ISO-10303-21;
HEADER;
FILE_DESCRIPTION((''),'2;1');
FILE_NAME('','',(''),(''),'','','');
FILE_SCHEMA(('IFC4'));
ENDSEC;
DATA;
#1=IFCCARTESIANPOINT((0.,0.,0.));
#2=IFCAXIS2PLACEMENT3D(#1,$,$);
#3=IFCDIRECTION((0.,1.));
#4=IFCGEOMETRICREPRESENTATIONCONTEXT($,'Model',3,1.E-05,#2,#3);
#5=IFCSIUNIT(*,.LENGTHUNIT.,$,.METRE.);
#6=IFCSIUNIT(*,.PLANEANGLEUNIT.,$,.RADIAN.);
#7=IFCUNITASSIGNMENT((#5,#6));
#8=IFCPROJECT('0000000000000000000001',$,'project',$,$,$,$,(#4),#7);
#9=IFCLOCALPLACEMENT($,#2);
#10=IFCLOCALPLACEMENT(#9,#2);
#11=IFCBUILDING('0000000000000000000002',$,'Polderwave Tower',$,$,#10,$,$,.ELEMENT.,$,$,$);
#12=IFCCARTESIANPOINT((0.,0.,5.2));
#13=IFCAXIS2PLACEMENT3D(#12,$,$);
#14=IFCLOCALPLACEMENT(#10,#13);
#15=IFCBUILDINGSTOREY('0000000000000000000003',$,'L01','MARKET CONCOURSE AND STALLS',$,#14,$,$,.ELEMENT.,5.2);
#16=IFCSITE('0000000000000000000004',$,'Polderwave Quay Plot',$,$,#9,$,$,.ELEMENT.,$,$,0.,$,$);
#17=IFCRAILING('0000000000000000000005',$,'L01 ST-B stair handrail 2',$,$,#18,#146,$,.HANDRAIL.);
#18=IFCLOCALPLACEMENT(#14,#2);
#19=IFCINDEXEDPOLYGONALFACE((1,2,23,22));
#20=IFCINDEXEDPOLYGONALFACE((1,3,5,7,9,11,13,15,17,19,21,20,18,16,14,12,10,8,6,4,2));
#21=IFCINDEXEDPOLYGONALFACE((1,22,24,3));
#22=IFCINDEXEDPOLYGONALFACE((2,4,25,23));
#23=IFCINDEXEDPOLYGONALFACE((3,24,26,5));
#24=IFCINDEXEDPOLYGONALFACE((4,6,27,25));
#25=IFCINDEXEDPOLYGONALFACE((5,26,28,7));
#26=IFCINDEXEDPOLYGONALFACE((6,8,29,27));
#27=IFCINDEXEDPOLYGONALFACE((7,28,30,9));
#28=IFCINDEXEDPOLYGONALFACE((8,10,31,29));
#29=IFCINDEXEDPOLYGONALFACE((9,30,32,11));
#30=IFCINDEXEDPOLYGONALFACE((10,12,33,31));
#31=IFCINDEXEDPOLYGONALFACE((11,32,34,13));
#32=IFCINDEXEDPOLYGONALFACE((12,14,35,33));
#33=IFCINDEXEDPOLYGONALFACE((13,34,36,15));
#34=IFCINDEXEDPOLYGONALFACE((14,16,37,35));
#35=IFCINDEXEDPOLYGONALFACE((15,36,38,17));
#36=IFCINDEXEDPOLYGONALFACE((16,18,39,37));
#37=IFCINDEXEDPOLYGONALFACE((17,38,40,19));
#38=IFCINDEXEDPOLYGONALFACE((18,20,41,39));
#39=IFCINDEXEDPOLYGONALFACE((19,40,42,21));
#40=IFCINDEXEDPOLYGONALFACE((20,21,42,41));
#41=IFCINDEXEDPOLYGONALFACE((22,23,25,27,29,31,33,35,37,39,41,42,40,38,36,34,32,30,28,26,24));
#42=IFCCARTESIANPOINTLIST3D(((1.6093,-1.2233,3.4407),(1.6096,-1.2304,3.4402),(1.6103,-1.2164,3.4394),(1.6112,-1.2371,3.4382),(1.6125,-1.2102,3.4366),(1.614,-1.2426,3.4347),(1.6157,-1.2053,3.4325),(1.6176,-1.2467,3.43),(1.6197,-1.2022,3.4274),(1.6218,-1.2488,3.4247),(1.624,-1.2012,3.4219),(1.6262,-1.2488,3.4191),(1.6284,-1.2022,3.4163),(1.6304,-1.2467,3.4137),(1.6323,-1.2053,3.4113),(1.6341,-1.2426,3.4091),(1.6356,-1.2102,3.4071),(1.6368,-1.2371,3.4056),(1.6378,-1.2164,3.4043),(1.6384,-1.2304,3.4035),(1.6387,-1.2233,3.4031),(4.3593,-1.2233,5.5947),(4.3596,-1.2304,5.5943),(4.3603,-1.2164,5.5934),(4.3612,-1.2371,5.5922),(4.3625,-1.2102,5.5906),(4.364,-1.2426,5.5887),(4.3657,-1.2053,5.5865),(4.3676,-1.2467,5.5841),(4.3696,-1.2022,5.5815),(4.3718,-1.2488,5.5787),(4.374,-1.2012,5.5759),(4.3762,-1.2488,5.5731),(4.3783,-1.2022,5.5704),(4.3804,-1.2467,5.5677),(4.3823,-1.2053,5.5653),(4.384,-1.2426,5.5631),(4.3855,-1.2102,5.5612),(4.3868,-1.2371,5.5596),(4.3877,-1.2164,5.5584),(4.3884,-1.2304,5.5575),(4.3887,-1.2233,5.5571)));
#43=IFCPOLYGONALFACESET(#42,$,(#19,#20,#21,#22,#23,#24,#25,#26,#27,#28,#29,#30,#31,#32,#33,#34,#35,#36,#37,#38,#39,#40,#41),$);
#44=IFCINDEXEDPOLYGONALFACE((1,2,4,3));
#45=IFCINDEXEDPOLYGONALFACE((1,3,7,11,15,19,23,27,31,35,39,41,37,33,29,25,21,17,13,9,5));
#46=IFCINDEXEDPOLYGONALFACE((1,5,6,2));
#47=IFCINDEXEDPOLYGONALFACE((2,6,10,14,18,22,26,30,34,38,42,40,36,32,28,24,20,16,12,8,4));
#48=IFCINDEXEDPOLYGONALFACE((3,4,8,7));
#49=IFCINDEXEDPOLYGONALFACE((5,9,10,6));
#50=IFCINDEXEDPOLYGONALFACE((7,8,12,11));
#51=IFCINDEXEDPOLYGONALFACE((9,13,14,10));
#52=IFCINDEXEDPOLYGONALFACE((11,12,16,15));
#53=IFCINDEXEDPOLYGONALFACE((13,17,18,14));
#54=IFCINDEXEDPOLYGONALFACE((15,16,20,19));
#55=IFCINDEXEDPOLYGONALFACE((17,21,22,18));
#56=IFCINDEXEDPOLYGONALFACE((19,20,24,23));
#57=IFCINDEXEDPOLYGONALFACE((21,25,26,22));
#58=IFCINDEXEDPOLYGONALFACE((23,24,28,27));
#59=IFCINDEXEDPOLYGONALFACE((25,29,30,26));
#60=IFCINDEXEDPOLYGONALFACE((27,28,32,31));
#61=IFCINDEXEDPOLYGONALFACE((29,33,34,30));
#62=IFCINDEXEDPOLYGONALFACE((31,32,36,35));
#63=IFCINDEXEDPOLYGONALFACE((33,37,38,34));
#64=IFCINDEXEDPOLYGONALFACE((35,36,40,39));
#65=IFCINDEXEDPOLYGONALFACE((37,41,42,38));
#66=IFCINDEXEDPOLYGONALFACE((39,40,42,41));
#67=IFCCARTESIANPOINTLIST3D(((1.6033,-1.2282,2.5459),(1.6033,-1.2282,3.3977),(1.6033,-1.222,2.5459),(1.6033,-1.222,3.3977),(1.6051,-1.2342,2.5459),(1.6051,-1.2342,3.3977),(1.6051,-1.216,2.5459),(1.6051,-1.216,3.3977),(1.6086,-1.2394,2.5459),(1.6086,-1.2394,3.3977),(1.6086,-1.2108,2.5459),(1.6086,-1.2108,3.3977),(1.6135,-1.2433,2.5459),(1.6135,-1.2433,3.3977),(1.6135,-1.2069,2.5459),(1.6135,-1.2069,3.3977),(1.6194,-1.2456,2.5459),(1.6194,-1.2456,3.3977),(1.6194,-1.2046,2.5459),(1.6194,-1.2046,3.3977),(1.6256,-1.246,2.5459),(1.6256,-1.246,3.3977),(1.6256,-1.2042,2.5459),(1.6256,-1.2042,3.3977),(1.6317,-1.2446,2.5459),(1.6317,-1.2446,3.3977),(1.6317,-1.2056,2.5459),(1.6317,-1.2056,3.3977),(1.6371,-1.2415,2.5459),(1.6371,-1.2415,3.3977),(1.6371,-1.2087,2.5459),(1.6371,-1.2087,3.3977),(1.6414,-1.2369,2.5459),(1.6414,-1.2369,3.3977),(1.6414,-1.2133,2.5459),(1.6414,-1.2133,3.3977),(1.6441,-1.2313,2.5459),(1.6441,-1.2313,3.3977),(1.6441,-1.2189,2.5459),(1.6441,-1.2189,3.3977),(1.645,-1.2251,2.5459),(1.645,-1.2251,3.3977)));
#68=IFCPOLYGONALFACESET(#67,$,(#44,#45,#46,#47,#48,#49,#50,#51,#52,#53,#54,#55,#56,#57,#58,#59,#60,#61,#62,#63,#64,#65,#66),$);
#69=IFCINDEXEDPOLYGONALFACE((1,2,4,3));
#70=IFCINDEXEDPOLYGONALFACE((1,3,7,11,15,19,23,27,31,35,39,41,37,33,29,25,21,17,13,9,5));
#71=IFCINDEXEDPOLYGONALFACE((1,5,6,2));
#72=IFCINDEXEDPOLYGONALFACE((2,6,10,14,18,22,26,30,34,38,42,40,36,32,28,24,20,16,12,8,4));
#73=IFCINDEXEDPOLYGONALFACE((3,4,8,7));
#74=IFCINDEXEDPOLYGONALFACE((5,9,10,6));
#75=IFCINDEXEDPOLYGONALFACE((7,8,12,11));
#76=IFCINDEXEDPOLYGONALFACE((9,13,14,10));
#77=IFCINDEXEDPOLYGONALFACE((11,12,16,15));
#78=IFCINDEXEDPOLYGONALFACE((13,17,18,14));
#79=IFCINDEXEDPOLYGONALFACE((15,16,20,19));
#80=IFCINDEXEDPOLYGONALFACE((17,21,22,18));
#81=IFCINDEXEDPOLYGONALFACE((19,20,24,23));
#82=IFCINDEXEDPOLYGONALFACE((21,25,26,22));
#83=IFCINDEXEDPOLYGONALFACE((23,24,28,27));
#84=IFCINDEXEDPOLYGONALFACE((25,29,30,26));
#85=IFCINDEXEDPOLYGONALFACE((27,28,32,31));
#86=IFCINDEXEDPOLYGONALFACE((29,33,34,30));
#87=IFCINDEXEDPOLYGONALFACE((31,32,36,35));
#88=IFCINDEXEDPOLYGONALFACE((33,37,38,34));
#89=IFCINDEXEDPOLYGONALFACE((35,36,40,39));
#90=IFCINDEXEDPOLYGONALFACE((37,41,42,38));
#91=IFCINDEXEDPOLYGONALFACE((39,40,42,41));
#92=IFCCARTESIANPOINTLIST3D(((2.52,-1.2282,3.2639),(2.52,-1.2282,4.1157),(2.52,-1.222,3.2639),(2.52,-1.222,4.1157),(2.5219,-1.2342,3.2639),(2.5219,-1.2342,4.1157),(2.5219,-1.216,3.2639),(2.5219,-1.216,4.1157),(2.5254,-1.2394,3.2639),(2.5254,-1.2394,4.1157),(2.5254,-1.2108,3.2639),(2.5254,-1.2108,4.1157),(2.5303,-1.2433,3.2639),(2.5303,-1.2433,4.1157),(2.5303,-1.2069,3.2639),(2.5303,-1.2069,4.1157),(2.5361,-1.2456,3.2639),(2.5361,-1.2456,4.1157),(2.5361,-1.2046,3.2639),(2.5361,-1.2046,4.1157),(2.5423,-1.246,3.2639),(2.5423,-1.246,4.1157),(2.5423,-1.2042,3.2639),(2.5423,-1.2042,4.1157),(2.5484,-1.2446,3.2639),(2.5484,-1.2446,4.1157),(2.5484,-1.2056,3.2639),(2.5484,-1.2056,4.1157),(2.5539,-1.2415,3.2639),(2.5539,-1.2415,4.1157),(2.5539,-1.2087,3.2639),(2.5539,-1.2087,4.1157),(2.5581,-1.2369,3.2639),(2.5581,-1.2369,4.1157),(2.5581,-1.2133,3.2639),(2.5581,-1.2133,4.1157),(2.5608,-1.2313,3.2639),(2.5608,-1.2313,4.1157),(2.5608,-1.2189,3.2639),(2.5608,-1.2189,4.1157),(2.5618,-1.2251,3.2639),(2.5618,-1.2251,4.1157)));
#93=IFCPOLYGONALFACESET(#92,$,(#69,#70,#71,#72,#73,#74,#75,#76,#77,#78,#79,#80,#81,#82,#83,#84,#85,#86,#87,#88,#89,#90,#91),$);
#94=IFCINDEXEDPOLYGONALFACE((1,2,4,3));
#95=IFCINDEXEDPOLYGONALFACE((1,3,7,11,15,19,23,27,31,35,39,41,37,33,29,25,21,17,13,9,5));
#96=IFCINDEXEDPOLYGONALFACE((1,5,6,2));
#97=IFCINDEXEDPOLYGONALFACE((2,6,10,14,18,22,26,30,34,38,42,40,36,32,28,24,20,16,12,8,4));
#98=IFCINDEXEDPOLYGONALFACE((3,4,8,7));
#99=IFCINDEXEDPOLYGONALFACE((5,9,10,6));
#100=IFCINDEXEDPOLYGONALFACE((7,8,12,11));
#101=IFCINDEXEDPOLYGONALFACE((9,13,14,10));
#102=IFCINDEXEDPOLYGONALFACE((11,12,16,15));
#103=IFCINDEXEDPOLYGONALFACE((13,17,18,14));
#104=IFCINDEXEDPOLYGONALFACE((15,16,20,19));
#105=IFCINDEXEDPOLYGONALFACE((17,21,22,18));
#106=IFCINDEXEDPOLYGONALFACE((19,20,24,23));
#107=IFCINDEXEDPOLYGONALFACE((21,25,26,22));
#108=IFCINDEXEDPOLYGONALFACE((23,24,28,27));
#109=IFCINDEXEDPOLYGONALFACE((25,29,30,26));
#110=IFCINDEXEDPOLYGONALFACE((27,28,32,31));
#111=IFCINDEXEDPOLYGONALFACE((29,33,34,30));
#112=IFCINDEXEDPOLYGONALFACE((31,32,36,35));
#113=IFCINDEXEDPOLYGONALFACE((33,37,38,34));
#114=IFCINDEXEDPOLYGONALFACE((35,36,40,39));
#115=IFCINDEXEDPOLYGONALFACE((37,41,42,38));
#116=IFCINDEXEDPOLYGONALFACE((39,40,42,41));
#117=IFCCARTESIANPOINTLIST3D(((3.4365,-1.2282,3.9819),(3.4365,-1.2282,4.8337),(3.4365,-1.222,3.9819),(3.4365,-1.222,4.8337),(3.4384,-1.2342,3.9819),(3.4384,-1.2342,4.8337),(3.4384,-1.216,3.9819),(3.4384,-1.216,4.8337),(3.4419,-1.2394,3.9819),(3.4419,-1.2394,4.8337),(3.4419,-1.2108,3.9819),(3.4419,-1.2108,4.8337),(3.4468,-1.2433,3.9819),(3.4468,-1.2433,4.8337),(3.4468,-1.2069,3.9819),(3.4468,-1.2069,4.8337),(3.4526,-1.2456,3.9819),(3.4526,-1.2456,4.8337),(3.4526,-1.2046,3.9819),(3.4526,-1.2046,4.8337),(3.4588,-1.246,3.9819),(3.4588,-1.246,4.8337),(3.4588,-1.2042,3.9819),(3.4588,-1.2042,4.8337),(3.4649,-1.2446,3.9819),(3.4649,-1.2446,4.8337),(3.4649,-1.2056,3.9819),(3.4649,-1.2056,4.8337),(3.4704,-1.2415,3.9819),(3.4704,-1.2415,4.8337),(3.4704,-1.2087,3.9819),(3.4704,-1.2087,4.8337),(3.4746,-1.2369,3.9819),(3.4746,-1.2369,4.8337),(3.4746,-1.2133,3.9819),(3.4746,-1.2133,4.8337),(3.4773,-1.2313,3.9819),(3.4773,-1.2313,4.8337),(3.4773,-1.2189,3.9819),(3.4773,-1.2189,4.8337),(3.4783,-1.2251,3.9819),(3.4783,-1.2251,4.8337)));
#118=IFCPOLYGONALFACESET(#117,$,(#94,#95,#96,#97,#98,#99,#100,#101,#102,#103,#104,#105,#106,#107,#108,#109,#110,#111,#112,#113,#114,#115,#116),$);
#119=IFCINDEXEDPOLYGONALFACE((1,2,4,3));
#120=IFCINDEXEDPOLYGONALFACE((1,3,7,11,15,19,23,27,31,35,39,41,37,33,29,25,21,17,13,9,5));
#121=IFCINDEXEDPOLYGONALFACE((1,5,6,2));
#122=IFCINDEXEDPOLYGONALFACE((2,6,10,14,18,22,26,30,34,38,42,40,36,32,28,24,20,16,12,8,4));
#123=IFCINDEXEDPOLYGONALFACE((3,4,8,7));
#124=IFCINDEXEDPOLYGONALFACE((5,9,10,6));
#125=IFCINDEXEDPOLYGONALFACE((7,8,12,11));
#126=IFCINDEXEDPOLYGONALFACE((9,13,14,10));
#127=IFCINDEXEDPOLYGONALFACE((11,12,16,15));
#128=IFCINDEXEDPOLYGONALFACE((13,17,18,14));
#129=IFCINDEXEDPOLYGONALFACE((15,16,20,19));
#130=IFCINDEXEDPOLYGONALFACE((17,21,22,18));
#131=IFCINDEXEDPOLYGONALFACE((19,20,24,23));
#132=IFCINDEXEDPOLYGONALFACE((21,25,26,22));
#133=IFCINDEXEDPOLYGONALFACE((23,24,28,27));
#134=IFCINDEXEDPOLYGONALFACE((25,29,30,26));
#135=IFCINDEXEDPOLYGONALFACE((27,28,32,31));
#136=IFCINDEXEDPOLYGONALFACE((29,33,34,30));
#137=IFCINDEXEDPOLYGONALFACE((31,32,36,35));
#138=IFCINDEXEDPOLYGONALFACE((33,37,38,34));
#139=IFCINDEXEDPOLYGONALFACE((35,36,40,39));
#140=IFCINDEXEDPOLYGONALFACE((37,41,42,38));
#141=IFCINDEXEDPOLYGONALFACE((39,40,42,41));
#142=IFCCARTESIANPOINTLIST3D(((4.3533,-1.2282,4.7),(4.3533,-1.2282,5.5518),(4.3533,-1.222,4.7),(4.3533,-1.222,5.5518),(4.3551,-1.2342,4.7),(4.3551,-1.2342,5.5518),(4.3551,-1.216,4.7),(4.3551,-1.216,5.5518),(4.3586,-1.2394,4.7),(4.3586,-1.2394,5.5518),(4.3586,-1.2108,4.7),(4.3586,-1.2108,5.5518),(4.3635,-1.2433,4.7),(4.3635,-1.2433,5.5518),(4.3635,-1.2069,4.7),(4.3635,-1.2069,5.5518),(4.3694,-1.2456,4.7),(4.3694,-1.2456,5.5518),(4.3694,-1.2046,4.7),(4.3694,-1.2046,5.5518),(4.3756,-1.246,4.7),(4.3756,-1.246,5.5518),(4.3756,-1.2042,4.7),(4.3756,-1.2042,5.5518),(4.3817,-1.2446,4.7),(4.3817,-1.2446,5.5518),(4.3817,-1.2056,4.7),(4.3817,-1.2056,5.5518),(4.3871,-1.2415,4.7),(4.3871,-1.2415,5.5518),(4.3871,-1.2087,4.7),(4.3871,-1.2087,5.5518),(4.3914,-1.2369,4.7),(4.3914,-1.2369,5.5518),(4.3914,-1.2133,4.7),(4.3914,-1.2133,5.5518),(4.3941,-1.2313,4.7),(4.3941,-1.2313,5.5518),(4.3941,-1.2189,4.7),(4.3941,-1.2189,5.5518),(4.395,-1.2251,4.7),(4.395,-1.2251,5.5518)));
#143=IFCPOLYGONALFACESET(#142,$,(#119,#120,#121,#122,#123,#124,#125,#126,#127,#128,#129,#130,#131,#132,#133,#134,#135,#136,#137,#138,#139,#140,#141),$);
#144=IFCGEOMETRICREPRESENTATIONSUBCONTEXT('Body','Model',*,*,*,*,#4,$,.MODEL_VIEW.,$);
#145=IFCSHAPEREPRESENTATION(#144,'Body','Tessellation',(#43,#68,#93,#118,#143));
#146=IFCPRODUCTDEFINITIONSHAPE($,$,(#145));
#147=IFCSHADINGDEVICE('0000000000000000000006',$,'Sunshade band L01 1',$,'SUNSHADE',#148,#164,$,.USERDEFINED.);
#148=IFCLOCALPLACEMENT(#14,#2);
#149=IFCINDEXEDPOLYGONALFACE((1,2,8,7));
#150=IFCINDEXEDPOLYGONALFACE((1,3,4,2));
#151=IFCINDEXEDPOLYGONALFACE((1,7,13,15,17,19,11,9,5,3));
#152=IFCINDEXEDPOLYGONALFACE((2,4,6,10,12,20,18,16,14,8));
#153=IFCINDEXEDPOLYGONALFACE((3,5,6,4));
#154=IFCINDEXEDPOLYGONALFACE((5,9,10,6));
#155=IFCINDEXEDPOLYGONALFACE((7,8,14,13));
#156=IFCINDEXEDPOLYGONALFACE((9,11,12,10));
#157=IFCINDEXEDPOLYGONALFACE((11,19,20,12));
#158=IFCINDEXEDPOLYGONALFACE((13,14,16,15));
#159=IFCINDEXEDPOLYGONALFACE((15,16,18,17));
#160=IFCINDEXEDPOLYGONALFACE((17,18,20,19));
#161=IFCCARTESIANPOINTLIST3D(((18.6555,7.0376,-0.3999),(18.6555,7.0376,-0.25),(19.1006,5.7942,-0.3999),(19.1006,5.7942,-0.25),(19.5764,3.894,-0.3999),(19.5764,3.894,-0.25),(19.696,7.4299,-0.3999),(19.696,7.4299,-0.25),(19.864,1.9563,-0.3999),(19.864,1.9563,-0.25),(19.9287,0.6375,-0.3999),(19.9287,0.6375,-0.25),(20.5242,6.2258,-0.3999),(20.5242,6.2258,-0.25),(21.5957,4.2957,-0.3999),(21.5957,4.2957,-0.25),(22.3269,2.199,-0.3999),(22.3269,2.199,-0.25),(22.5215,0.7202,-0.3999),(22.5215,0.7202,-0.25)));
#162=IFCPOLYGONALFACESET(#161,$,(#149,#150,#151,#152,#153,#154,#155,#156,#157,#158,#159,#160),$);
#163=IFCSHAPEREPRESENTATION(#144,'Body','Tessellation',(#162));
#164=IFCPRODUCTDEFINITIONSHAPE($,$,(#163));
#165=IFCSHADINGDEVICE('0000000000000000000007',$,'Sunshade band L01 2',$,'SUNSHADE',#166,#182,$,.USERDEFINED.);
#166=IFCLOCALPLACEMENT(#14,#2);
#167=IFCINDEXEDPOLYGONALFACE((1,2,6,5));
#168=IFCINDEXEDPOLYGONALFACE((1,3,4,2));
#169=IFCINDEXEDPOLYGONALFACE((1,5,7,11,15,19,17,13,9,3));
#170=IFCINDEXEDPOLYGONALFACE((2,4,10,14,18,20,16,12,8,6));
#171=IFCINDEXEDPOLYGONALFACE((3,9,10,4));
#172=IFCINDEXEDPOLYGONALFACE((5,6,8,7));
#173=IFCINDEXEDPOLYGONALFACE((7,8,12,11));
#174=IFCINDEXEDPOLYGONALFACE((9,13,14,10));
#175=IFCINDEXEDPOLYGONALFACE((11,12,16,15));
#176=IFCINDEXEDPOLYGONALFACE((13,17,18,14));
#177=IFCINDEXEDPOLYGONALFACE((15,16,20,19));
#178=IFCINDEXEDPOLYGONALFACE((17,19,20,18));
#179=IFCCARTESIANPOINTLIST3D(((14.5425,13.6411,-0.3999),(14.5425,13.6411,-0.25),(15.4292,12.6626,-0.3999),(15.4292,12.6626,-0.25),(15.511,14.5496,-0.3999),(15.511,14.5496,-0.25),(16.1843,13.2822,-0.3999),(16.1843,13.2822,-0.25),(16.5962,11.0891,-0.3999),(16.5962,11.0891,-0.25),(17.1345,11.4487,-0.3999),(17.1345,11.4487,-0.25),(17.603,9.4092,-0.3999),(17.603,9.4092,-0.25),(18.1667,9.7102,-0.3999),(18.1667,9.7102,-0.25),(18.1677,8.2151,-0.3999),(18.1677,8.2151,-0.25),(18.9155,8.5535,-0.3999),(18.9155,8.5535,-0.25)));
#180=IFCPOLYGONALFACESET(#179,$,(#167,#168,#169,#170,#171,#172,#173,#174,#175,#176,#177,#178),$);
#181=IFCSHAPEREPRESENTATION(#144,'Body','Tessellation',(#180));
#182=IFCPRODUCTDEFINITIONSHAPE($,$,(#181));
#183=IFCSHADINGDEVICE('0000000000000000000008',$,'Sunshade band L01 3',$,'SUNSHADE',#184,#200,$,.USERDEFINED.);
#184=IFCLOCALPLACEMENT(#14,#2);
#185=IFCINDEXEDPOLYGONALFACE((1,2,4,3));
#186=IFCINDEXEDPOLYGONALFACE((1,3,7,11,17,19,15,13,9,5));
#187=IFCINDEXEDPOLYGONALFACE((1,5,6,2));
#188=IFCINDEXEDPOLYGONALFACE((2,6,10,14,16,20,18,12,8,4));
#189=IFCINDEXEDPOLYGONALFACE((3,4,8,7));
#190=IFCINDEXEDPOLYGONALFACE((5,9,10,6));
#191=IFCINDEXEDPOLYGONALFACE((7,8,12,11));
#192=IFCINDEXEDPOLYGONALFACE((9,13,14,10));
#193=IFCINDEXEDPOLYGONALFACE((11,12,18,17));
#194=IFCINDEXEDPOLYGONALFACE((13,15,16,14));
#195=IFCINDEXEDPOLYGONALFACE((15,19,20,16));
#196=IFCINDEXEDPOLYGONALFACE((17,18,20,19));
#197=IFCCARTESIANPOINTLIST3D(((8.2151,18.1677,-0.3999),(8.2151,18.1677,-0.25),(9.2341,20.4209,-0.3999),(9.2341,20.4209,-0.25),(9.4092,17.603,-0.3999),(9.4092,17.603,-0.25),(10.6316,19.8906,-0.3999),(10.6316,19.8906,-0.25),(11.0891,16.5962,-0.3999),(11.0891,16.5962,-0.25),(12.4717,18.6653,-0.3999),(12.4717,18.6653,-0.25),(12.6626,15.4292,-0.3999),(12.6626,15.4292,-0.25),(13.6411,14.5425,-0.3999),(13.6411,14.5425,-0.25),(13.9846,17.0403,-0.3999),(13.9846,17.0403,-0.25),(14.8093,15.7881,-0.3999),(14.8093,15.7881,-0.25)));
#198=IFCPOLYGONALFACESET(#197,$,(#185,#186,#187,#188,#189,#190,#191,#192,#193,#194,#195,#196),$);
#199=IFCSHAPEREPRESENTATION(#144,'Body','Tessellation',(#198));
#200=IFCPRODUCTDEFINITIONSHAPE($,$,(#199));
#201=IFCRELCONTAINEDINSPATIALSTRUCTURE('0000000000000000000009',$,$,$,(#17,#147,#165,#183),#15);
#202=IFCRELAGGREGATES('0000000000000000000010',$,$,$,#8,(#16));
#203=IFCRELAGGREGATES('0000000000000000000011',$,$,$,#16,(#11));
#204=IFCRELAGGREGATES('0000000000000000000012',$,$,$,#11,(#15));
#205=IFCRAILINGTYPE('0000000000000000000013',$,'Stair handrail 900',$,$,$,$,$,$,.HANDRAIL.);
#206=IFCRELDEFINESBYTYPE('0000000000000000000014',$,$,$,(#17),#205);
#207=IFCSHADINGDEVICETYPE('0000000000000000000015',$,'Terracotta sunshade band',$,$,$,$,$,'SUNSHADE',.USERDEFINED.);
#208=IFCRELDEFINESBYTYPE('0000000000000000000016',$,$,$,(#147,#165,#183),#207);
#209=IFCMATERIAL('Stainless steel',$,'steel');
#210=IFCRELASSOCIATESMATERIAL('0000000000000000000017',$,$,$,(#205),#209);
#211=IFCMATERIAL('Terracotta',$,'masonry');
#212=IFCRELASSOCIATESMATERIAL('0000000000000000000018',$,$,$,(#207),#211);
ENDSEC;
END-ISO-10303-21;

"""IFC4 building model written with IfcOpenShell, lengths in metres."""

from ifc_helpers import new_model, si_unit, direction, frame, origin, origin_2d, place, context, subcontext, project, spatial, polyline, circle, outline, extrude, material, type_object, element, save


model = new_model("IFC4")

# Units and contexts
model_context = context("Model", 3, precision=1e-05, world=origin(), true_north=direction((0.0, 1.0)))
body_context = subcontext(model_context, "Body", "Model", "MODEL_VIEW")
ifc_project = project(units=[si_unit("LENGTHUNIT", "METRE"), si_unit("PLANEANGLEUNIT", "RADIAN")], contexts=[model_context])

# Site, building, storey
site_placement = place(None, origin())
site = spatial("IfcSite", under=ifc_project, at=site_placement, Name="Polderwave Quay Plot", CompositionType="ELEMENT", RefElevation=0.0)
building_placement = place(site_placement, origin())
building = spatial("IfcBuilding", under=site, at=building_placement, Name="Polderwave Tower", CompositionType="ELEMENT")
storey_placement = place(building_placement, frame((0.0, 0.0, 5.2)))
storey = spatial("IfcBuildingStorey", under=building, at=storey_placement, Name="L01", Description="MARKET CONCOURSE AND STALLS", CompositionType="ELEMENT", Elevation=5.2)

# Railing
ifc_material_1 = material(Name="Stainless steel", Category="steel")
railing_type_1 = type_object("IfcRailingType", Name="Stair handrail 900", PredefinedType="HANDRAIL", material=ifc_material_1)
railing_1_placement = place(storey_placement, frame((1.624, -1.2251, 2.5459)))
element("IfcRailing", 1, at=railing_1_placement, inside=storey, type_object=railing_type_1, Name="L01 ST-B stair handrail 2", PredefinedType="HANDRAIL", context=body_context, shape_type="SweptSolid", body=[
    extrude(circle(Radius=0.0239, at=origin_2d()), frame((0.0, 0.0, 0.876), z_axis=(0.787244, 0.0, 0.616642), x_axis=(0.0, 1.0, 0.0)), (0.0, 0.0, 1.0), 3.4932),
    extrude(circle(Radius=0.021, at=origin_2d()), origin(), (0.0, 0.0, 1.0), 0.8518),
    extrude(circle(Radius=0.021, at=origin_2d()), frame((0.9167, 0.0, 0.718)), (0.0, 0.0, 1.0), 0.8518),
    extrude(circle(Radius=0.021, at=origin_2d()), frame((1.8333, 0.0, 1.436)), (0.0, 0.0, 1.0), 0.8518),
    extrude(circle(Radius=0.021, at=origin_2d()), frame((2.75, 0.0, 2.1541)), (0.0, 0.0, 1.0), 0.8518),
])

# Shading devices
ifc_material_2 = material(Name="Terracotta", Category="masonry")
shading_device_type = type_object("IfcShadingDeviceType", Name="Terracotta sunshade band", ElementType="SUNSHADE", PredefinedType="USERDEFINED", material=ifc_material_2)
shading_device_1_placement = place(storey_placement, frame((0.0, 0.0, -0.3999)))
element("IfcShadingDevice", 2, at=shading_device_1_placement, inside=storey, type_object=shading_device_type, Name="Sunshade band L01 1", ObjectType="SUNSHADE", PredefinedType="USERDEFINED", context=body_context, shape_type="SweptSolid", body=[
    extrude(outline(polyline([(19.9287, 0.6375), (19.864, 1.9563), (19.5764, 3.894), (19.1006, 5.7942), (18.6555, 7.0376), (19.696, 7.4299), (20.5242, 6.2258), (21.5957, 4.2957), (22.3269, 2.199), (22.5215, 0.7202), (19.9287, 0.6375)])), origin(), (0.0, 0.0, 1.0), 0.1499),
])
shading_device_2_placement = place(storey_placement, frame((0.0, 0.0, -0.3999)))
element("IfcShadingDevice", 3, at=shading_device_2_placement, inside=storey, type_object=shading_device_type, Name="Sunshade band L01 2", ObjectType="SUNSHADE", PredefinedType="USERDEFINED", context=body_context, shape_type="SweptSolid", body=[
    extrude(outline(polyline([(18.1677, 8.2151), (17.603, 9.4092), (16.5962, 11.0891), (15.4292, 12.6626), (14.5425, 13.6411), (15.511, 14.5496), (16.1843, 13.2822), (17.1345, 11.4487), (18.1667, 9.7102), (18.9155, 8.5535), (18.1677, 8.2151)])), origin(), (0.0, 0.0, 1.0), 0.1499),
])
shading_device_3_placement = place(storey_placement, frame((0.0, 0.0, -0.3999)))
element("IfcShadingDevice", 4, at=shading_device_3_placement, inside=storey, type_object=shading_device_type, Name="Sunshade band L01 3", ObjectType="SUNSHADE", PredefinedType="USERDEFINED", context=body_context, shape_type="SweptSolid", body=[
    extrude(outline(polyline([(13.6411, 14.5425), (12.6626, 15.4292), (11.0891, 16.5962), (9.4092, 17.603), (8.2151, 18.1677), (9.2341, 20.4209), (10.6316, 19.8906), (12.4717, 18.6653), (13.9846, 17.0403), (14.8093, 15.7881), (13.6411, 14.5425)])), origin(), (0.0, 0.0, 1.0), 0.1499),
])

save(model, "model.ifc")
